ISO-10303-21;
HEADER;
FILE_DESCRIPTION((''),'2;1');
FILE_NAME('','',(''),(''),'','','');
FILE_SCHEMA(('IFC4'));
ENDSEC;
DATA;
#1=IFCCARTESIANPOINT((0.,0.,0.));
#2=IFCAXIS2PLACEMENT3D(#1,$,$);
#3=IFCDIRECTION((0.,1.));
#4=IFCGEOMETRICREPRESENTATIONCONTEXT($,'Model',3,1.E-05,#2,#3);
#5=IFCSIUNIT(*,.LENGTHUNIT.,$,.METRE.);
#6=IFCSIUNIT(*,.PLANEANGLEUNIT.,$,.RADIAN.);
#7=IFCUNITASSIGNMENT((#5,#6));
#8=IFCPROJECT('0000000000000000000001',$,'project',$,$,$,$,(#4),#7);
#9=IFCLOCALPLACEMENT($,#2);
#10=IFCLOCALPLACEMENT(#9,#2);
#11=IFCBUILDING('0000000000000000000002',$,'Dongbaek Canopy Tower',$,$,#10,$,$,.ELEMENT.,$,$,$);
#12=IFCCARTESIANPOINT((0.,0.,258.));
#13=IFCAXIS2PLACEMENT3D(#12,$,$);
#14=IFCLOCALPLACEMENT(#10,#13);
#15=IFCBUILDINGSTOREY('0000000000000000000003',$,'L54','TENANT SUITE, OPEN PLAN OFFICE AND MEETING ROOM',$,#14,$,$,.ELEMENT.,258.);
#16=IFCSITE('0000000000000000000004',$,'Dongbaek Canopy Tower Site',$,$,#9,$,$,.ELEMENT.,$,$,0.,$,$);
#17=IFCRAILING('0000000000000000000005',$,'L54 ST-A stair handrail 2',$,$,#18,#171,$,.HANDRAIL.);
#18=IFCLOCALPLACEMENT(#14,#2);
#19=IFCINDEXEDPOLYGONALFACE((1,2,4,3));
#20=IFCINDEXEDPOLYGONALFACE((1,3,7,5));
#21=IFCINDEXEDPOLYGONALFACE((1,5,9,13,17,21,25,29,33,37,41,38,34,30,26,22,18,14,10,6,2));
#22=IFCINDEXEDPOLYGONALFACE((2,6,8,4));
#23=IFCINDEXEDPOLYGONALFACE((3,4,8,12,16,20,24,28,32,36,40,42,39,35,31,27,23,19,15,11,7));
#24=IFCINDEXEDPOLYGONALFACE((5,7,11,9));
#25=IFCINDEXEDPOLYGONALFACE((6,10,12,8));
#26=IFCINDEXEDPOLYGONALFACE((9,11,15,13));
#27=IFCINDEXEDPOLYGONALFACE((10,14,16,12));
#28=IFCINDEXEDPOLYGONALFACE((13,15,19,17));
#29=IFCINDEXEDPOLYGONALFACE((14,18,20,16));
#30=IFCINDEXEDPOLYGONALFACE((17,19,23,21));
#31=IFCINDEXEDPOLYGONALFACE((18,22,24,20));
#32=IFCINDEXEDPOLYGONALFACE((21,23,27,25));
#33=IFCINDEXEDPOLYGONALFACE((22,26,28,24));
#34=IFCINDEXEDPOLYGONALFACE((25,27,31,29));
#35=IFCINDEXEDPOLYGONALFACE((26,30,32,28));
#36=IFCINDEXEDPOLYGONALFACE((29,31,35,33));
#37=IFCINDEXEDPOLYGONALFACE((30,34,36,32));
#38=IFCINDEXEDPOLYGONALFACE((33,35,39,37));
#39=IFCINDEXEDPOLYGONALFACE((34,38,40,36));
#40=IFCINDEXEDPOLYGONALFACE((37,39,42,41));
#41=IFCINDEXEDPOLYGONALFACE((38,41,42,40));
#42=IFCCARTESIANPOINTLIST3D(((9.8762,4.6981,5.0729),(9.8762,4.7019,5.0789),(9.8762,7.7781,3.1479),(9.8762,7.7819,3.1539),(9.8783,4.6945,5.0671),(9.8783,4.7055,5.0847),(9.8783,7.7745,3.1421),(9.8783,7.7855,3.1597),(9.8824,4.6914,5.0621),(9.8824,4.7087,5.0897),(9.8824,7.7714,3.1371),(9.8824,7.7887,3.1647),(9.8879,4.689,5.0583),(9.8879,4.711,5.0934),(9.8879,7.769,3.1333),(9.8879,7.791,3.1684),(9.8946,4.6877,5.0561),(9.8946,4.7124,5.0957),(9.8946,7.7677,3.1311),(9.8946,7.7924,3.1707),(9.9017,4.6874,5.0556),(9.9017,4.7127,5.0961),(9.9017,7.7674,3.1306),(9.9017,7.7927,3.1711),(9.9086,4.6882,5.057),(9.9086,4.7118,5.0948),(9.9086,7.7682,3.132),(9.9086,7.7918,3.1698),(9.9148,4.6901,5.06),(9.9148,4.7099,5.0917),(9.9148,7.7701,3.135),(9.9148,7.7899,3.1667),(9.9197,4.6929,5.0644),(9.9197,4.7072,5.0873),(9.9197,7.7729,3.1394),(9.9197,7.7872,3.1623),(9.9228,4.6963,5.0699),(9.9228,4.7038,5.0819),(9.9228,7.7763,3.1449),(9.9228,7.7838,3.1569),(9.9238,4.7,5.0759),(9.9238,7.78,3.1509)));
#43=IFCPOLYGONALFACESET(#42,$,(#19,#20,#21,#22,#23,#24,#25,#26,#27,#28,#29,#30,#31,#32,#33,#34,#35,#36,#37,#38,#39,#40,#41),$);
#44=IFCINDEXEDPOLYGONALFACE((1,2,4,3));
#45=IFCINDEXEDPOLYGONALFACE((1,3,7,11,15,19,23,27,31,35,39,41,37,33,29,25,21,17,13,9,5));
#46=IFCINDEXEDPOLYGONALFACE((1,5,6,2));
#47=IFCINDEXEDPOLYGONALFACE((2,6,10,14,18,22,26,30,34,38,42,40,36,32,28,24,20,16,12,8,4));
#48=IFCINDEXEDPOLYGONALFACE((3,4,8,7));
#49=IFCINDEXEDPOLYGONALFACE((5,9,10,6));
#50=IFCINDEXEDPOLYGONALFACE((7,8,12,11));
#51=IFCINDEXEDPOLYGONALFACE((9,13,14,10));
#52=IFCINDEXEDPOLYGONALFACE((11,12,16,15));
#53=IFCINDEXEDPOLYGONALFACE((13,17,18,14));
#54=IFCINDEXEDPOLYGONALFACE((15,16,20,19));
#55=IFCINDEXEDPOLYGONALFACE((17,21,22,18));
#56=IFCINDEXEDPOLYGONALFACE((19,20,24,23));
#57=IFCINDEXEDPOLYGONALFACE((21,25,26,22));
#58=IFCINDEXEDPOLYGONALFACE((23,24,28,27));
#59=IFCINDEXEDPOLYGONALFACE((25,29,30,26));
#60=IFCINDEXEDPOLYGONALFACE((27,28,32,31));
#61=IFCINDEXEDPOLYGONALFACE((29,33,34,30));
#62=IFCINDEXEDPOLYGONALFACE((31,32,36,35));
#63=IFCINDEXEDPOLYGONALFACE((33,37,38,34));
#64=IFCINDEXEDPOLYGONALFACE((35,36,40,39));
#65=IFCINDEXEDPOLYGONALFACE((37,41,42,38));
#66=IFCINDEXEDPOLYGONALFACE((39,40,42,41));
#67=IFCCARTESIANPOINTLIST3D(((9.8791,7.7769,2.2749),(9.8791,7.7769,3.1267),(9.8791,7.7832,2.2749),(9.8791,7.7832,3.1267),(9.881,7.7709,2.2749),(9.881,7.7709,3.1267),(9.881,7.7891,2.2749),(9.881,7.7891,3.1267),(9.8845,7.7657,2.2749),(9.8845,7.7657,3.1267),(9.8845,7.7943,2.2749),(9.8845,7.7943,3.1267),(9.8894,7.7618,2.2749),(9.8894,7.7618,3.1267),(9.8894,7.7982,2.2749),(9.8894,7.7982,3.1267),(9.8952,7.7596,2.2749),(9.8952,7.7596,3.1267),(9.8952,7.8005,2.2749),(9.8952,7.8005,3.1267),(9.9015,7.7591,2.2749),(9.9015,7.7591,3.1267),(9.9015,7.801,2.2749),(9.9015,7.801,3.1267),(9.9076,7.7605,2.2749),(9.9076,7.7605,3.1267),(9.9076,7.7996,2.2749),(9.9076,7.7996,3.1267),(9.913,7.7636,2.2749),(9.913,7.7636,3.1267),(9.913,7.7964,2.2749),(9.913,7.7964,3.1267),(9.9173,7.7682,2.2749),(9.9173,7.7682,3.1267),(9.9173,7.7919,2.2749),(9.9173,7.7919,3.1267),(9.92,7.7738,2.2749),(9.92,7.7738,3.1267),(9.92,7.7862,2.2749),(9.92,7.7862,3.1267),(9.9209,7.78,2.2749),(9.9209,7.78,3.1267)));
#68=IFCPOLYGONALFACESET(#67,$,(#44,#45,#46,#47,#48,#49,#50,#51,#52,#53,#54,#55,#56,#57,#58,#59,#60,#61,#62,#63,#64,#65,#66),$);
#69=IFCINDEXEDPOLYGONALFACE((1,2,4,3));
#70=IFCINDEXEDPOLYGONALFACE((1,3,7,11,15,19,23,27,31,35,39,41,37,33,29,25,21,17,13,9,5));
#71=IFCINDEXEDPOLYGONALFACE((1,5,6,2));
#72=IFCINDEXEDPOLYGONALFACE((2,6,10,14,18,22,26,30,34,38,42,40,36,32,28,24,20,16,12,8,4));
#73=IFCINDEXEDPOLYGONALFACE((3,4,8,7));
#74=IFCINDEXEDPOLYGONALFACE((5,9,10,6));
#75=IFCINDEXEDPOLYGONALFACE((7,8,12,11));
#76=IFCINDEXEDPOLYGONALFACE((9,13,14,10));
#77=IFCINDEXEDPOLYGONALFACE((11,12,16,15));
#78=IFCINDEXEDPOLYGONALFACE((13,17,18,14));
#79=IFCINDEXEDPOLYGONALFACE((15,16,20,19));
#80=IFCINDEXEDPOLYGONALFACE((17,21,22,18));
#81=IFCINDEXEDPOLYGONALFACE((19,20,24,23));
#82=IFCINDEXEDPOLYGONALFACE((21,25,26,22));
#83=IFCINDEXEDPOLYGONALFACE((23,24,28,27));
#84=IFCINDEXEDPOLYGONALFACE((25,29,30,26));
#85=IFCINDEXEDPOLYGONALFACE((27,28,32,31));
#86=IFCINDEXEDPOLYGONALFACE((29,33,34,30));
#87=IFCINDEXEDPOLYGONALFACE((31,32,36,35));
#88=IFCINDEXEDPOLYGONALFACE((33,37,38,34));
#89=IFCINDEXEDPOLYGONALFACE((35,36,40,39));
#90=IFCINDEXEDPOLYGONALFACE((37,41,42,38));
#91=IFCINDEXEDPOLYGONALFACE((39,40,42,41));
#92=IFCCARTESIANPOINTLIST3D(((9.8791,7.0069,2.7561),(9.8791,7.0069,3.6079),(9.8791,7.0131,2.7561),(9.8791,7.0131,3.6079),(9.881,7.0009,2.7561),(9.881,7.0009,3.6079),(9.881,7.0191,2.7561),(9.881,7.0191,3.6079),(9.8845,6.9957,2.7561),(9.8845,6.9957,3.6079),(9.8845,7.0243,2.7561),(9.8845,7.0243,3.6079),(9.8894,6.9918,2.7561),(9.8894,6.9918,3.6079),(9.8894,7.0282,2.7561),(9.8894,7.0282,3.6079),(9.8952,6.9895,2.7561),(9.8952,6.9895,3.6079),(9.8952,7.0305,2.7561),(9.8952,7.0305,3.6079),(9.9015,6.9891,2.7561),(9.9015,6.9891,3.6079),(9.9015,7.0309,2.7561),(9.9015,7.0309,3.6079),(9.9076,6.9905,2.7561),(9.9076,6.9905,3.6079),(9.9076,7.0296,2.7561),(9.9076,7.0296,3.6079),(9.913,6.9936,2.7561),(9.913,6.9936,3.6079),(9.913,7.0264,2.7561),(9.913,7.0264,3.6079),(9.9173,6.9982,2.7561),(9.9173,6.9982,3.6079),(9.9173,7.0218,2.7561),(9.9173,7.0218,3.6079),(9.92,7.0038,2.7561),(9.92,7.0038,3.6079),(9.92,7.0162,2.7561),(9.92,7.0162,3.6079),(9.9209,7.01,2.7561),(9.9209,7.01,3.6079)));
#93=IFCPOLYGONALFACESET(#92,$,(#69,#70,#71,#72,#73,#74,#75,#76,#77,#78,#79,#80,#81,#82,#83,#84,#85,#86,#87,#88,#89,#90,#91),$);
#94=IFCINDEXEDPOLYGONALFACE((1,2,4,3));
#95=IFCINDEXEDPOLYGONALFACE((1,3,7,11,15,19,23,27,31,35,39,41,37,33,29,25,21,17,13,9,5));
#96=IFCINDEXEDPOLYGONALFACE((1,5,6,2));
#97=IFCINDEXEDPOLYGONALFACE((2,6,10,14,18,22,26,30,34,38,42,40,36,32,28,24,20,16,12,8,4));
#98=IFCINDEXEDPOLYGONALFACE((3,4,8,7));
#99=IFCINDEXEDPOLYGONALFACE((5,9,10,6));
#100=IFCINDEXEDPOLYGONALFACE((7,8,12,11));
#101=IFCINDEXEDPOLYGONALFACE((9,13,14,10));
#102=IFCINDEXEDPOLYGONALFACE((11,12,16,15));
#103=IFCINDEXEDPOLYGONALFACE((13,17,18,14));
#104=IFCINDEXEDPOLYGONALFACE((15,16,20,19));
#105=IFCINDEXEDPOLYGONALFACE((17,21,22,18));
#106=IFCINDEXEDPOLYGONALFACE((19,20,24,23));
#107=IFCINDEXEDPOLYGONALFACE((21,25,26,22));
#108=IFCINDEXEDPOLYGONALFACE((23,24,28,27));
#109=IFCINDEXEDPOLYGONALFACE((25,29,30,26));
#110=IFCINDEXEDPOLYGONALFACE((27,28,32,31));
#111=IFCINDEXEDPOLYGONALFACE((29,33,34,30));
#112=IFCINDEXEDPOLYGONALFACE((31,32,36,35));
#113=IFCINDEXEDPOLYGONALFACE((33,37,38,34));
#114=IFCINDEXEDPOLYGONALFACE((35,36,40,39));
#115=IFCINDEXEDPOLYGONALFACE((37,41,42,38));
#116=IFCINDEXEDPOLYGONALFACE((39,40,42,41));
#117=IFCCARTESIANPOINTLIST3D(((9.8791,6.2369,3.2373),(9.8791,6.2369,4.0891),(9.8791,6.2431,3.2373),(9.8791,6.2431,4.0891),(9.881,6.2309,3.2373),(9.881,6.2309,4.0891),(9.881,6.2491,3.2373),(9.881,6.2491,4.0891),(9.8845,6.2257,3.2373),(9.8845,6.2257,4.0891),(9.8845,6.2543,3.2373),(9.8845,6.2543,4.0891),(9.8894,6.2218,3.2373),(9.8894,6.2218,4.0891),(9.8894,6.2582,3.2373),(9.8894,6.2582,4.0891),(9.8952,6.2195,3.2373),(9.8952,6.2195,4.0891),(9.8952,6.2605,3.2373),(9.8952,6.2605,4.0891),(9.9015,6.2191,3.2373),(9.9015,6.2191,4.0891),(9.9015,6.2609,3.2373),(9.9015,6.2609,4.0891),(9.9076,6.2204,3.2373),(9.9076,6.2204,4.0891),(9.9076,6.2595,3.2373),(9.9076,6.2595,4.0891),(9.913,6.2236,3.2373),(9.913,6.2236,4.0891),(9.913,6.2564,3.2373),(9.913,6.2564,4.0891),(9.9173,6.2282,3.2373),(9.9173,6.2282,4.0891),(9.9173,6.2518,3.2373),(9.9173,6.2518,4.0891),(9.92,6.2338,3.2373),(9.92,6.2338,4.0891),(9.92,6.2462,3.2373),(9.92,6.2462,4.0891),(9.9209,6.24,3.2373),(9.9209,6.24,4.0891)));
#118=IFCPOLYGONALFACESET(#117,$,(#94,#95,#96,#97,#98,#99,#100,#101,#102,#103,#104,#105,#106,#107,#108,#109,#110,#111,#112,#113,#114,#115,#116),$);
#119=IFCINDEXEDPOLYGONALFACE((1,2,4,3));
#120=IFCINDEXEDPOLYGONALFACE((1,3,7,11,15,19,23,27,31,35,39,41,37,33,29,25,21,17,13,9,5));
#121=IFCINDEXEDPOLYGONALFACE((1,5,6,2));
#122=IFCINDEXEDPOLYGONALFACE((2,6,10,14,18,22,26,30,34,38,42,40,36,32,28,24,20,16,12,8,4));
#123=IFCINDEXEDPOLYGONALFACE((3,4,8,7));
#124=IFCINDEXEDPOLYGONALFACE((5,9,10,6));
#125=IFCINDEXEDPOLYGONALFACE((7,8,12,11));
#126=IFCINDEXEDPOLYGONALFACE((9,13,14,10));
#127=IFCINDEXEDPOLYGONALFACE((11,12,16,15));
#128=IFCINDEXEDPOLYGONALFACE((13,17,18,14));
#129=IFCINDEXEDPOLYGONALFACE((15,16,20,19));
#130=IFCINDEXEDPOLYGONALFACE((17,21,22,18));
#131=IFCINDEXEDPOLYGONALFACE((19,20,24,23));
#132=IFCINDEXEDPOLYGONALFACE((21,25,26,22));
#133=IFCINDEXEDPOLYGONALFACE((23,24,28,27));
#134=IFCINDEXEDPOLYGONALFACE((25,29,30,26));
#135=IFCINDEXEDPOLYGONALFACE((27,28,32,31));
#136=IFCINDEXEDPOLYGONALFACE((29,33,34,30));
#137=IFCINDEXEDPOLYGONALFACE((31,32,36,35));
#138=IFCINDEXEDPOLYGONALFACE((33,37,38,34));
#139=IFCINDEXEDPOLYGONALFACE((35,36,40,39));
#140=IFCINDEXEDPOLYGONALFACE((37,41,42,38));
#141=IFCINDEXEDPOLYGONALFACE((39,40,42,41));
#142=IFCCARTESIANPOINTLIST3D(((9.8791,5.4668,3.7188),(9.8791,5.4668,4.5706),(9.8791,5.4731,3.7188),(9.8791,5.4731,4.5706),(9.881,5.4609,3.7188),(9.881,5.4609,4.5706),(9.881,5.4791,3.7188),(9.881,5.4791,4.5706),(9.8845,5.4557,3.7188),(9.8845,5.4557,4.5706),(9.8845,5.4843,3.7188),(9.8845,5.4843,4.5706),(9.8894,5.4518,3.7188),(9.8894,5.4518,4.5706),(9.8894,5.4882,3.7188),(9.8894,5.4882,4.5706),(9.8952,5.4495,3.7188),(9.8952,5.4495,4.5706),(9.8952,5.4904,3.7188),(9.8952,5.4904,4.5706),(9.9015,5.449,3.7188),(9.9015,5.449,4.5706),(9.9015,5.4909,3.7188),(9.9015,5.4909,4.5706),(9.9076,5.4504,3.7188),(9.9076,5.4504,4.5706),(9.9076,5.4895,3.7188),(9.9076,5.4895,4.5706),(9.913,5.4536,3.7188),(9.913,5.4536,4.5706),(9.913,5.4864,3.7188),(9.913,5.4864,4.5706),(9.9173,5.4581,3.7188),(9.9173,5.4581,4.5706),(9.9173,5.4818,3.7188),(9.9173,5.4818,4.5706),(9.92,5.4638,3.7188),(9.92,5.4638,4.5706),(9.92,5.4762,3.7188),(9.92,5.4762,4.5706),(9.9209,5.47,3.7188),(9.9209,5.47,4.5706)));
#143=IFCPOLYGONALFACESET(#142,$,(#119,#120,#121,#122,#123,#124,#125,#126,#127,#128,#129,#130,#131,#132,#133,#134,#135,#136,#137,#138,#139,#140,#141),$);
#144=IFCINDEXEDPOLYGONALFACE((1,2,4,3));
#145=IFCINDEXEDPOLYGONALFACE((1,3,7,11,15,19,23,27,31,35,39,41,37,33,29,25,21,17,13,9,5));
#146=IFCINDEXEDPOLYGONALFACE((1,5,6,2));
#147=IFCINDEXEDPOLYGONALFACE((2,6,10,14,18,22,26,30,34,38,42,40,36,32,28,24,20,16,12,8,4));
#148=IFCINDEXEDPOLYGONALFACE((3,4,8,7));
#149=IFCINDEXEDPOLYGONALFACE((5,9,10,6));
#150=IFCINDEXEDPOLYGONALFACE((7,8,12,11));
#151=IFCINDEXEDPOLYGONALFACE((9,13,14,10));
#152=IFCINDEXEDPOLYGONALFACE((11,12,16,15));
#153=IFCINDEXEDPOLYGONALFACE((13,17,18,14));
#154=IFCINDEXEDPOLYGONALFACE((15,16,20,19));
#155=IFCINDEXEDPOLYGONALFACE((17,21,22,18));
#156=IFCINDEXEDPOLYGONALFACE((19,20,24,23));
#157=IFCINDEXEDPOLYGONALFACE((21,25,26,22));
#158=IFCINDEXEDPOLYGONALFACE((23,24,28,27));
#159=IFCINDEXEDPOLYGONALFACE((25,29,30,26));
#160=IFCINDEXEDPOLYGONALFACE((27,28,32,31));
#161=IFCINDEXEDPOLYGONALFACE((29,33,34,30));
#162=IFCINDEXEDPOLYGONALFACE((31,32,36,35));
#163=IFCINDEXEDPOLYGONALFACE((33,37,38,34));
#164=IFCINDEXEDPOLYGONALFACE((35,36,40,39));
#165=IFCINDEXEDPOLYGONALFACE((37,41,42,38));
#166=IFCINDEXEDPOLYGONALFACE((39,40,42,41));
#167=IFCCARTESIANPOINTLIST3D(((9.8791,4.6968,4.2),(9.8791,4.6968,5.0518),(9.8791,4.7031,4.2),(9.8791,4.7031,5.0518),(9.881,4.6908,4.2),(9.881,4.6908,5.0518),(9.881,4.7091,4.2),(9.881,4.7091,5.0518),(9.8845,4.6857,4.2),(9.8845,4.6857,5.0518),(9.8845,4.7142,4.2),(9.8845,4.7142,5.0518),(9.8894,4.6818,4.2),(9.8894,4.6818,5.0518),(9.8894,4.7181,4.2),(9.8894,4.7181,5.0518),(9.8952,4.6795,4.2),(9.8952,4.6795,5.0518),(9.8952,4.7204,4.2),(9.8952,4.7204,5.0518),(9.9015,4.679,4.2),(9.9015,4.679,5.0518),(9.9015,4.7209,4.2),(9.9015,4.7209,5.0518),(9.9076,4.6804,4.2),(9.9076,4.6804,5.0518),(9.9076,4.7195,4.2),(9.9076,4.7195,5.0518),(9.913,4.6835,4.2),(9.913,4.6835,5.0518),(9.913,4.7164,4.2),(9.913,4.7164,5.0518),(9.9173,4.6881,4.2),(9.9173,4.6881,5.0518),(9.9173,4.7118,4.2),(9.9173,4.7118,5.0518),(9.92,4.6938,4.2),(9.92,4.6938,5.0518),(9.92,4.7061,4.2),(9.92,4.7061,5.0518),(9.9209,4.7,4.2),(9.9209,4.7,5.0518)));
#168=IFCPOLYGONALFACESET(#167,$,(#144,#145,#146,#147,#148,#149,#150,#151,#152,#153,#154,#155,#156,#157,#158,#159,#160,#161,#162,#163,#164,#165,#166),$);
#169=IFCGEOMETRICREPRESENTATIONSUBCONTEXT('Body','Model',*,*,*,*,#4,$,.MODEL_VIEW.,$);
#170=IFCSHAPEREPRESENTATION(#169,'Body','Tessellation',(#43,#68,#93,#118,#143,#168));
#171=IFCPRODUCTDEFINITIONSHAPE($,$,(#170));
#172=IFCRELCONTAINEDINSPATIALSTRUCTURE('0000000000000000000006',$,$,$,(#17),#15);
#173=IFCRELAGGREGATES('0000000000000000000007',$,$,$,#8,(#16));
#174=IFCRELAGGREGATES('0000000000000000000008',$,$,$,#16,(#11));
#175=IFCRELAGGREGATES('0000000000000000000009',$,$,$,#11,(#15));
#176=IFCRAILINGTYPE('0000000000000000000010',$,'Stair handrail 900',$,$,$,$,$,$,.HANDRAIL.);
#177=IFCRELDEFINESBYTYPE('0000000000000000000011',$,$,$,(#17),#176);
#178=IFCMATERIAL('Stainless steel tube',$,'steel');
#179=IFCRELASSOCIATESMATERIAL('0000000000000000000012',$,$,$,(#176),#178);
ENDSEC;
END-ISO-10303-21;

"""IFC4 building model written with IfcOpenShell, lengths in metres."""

from ifc_helpers import new_model, si_unit, direction, frame, origin, origin_2d, place, context, subcontext, project, spatial, circle, extrude, material, type_object, element, save


model = new_model("IFC4")

# Units and contexts
model_context = context("Model", 3, precision=1e-05, world=origin(), true_north=direction((0.0, 1.0)))
body_context = subcontext(model_context, "Body", "Model", "MODEL_VIEW")
ifc_project = project(units=[si_unit("LENGTHUNIT", "METRE"), si_unit("PLANEANGLEUNIT", "RADIAN")], contexts=[model_context])

# Site, building, storey
site_placement = place(None, origin())
site = spatial("IfcSite", under=ifc_project, at=site_placement, Name="Dongbaek Canopy Tower Site", CompositionType="ELEMENT", RefElevation=0.0)
building_placement = place(site_placement, origin())
building = spatial("IfcBuilding", under=site, at=building_placement, Name="Dongbaek Canopy Tower", CompositionType="ELEMENT")
storey_placement = place(building_placement, frame((0.0, 0.0, 258.0)))
storey = spatial("IfcBuildingStorey", under=building, at=storey_placement, Name="L54", Description="TENANT SUITE, OPEN PLAN OFFICE AND MEETING ROOM", CompositionType="ELEMENT", Elevation=258.0)

# Railing
ifc_material_1 = material(Name="Stainless steel tube", Category="steel")
railing_type_1 = type_object("IfcRailingType", Name="Stair handrail 900", PredefinedType="HANDRAIL", material=ifc_material_1)
railing_1_placement = place(storey_placement, frame((9.8999, 7.78, 2.2749)))
element("IfcRailing", 1, at=railing_1_placement, inside=storey, type_object=railing_type_1, Name="L54 ST-A stair handrail 2", PredefinedType="HANDRAIL", context=body_context, shape_type="SweptSolid", body=[
    extrude(circle(Radius=0.0239, at=origin_2d()), frame((0.0, 0.0, 0.876), z_axis=(0.0, -0.847998, 0.529999), x_axis=(1.0, 0.0, 0.0)), (0.0, 0.0, 1.0), 3.6321),
    extrude(circle(Radius=0.021, at=origin_2d()), origin(), (0.0, 0.0, 1.0), 0.8518),
    extrude(circle(Radius=0.021, at=origin_2d()), frame((0.0, -0.77, 0.4812)), (0.0, 0.0, 1.0), 0.8518),
    extrude(circle(Radius=0.021, at=origin_2d()), frame((0.0, -1.54, 0.9624)), (0.0, 0.0, 1.0), 0.8518),
    extrude(circle(Radius=0.021, at=origin_2d()), frame((0.0, -2.3101, 1.4438)), (0.0, 0.0, 1.0), 0.8518),
    extrude(circle(Radius=0.021, at=origin_2d()), frame((0.0, -3.0801, 1.925)), (0.0, 0.0, 1.0), 0.8518),
])

save(model, "model.ifc")
